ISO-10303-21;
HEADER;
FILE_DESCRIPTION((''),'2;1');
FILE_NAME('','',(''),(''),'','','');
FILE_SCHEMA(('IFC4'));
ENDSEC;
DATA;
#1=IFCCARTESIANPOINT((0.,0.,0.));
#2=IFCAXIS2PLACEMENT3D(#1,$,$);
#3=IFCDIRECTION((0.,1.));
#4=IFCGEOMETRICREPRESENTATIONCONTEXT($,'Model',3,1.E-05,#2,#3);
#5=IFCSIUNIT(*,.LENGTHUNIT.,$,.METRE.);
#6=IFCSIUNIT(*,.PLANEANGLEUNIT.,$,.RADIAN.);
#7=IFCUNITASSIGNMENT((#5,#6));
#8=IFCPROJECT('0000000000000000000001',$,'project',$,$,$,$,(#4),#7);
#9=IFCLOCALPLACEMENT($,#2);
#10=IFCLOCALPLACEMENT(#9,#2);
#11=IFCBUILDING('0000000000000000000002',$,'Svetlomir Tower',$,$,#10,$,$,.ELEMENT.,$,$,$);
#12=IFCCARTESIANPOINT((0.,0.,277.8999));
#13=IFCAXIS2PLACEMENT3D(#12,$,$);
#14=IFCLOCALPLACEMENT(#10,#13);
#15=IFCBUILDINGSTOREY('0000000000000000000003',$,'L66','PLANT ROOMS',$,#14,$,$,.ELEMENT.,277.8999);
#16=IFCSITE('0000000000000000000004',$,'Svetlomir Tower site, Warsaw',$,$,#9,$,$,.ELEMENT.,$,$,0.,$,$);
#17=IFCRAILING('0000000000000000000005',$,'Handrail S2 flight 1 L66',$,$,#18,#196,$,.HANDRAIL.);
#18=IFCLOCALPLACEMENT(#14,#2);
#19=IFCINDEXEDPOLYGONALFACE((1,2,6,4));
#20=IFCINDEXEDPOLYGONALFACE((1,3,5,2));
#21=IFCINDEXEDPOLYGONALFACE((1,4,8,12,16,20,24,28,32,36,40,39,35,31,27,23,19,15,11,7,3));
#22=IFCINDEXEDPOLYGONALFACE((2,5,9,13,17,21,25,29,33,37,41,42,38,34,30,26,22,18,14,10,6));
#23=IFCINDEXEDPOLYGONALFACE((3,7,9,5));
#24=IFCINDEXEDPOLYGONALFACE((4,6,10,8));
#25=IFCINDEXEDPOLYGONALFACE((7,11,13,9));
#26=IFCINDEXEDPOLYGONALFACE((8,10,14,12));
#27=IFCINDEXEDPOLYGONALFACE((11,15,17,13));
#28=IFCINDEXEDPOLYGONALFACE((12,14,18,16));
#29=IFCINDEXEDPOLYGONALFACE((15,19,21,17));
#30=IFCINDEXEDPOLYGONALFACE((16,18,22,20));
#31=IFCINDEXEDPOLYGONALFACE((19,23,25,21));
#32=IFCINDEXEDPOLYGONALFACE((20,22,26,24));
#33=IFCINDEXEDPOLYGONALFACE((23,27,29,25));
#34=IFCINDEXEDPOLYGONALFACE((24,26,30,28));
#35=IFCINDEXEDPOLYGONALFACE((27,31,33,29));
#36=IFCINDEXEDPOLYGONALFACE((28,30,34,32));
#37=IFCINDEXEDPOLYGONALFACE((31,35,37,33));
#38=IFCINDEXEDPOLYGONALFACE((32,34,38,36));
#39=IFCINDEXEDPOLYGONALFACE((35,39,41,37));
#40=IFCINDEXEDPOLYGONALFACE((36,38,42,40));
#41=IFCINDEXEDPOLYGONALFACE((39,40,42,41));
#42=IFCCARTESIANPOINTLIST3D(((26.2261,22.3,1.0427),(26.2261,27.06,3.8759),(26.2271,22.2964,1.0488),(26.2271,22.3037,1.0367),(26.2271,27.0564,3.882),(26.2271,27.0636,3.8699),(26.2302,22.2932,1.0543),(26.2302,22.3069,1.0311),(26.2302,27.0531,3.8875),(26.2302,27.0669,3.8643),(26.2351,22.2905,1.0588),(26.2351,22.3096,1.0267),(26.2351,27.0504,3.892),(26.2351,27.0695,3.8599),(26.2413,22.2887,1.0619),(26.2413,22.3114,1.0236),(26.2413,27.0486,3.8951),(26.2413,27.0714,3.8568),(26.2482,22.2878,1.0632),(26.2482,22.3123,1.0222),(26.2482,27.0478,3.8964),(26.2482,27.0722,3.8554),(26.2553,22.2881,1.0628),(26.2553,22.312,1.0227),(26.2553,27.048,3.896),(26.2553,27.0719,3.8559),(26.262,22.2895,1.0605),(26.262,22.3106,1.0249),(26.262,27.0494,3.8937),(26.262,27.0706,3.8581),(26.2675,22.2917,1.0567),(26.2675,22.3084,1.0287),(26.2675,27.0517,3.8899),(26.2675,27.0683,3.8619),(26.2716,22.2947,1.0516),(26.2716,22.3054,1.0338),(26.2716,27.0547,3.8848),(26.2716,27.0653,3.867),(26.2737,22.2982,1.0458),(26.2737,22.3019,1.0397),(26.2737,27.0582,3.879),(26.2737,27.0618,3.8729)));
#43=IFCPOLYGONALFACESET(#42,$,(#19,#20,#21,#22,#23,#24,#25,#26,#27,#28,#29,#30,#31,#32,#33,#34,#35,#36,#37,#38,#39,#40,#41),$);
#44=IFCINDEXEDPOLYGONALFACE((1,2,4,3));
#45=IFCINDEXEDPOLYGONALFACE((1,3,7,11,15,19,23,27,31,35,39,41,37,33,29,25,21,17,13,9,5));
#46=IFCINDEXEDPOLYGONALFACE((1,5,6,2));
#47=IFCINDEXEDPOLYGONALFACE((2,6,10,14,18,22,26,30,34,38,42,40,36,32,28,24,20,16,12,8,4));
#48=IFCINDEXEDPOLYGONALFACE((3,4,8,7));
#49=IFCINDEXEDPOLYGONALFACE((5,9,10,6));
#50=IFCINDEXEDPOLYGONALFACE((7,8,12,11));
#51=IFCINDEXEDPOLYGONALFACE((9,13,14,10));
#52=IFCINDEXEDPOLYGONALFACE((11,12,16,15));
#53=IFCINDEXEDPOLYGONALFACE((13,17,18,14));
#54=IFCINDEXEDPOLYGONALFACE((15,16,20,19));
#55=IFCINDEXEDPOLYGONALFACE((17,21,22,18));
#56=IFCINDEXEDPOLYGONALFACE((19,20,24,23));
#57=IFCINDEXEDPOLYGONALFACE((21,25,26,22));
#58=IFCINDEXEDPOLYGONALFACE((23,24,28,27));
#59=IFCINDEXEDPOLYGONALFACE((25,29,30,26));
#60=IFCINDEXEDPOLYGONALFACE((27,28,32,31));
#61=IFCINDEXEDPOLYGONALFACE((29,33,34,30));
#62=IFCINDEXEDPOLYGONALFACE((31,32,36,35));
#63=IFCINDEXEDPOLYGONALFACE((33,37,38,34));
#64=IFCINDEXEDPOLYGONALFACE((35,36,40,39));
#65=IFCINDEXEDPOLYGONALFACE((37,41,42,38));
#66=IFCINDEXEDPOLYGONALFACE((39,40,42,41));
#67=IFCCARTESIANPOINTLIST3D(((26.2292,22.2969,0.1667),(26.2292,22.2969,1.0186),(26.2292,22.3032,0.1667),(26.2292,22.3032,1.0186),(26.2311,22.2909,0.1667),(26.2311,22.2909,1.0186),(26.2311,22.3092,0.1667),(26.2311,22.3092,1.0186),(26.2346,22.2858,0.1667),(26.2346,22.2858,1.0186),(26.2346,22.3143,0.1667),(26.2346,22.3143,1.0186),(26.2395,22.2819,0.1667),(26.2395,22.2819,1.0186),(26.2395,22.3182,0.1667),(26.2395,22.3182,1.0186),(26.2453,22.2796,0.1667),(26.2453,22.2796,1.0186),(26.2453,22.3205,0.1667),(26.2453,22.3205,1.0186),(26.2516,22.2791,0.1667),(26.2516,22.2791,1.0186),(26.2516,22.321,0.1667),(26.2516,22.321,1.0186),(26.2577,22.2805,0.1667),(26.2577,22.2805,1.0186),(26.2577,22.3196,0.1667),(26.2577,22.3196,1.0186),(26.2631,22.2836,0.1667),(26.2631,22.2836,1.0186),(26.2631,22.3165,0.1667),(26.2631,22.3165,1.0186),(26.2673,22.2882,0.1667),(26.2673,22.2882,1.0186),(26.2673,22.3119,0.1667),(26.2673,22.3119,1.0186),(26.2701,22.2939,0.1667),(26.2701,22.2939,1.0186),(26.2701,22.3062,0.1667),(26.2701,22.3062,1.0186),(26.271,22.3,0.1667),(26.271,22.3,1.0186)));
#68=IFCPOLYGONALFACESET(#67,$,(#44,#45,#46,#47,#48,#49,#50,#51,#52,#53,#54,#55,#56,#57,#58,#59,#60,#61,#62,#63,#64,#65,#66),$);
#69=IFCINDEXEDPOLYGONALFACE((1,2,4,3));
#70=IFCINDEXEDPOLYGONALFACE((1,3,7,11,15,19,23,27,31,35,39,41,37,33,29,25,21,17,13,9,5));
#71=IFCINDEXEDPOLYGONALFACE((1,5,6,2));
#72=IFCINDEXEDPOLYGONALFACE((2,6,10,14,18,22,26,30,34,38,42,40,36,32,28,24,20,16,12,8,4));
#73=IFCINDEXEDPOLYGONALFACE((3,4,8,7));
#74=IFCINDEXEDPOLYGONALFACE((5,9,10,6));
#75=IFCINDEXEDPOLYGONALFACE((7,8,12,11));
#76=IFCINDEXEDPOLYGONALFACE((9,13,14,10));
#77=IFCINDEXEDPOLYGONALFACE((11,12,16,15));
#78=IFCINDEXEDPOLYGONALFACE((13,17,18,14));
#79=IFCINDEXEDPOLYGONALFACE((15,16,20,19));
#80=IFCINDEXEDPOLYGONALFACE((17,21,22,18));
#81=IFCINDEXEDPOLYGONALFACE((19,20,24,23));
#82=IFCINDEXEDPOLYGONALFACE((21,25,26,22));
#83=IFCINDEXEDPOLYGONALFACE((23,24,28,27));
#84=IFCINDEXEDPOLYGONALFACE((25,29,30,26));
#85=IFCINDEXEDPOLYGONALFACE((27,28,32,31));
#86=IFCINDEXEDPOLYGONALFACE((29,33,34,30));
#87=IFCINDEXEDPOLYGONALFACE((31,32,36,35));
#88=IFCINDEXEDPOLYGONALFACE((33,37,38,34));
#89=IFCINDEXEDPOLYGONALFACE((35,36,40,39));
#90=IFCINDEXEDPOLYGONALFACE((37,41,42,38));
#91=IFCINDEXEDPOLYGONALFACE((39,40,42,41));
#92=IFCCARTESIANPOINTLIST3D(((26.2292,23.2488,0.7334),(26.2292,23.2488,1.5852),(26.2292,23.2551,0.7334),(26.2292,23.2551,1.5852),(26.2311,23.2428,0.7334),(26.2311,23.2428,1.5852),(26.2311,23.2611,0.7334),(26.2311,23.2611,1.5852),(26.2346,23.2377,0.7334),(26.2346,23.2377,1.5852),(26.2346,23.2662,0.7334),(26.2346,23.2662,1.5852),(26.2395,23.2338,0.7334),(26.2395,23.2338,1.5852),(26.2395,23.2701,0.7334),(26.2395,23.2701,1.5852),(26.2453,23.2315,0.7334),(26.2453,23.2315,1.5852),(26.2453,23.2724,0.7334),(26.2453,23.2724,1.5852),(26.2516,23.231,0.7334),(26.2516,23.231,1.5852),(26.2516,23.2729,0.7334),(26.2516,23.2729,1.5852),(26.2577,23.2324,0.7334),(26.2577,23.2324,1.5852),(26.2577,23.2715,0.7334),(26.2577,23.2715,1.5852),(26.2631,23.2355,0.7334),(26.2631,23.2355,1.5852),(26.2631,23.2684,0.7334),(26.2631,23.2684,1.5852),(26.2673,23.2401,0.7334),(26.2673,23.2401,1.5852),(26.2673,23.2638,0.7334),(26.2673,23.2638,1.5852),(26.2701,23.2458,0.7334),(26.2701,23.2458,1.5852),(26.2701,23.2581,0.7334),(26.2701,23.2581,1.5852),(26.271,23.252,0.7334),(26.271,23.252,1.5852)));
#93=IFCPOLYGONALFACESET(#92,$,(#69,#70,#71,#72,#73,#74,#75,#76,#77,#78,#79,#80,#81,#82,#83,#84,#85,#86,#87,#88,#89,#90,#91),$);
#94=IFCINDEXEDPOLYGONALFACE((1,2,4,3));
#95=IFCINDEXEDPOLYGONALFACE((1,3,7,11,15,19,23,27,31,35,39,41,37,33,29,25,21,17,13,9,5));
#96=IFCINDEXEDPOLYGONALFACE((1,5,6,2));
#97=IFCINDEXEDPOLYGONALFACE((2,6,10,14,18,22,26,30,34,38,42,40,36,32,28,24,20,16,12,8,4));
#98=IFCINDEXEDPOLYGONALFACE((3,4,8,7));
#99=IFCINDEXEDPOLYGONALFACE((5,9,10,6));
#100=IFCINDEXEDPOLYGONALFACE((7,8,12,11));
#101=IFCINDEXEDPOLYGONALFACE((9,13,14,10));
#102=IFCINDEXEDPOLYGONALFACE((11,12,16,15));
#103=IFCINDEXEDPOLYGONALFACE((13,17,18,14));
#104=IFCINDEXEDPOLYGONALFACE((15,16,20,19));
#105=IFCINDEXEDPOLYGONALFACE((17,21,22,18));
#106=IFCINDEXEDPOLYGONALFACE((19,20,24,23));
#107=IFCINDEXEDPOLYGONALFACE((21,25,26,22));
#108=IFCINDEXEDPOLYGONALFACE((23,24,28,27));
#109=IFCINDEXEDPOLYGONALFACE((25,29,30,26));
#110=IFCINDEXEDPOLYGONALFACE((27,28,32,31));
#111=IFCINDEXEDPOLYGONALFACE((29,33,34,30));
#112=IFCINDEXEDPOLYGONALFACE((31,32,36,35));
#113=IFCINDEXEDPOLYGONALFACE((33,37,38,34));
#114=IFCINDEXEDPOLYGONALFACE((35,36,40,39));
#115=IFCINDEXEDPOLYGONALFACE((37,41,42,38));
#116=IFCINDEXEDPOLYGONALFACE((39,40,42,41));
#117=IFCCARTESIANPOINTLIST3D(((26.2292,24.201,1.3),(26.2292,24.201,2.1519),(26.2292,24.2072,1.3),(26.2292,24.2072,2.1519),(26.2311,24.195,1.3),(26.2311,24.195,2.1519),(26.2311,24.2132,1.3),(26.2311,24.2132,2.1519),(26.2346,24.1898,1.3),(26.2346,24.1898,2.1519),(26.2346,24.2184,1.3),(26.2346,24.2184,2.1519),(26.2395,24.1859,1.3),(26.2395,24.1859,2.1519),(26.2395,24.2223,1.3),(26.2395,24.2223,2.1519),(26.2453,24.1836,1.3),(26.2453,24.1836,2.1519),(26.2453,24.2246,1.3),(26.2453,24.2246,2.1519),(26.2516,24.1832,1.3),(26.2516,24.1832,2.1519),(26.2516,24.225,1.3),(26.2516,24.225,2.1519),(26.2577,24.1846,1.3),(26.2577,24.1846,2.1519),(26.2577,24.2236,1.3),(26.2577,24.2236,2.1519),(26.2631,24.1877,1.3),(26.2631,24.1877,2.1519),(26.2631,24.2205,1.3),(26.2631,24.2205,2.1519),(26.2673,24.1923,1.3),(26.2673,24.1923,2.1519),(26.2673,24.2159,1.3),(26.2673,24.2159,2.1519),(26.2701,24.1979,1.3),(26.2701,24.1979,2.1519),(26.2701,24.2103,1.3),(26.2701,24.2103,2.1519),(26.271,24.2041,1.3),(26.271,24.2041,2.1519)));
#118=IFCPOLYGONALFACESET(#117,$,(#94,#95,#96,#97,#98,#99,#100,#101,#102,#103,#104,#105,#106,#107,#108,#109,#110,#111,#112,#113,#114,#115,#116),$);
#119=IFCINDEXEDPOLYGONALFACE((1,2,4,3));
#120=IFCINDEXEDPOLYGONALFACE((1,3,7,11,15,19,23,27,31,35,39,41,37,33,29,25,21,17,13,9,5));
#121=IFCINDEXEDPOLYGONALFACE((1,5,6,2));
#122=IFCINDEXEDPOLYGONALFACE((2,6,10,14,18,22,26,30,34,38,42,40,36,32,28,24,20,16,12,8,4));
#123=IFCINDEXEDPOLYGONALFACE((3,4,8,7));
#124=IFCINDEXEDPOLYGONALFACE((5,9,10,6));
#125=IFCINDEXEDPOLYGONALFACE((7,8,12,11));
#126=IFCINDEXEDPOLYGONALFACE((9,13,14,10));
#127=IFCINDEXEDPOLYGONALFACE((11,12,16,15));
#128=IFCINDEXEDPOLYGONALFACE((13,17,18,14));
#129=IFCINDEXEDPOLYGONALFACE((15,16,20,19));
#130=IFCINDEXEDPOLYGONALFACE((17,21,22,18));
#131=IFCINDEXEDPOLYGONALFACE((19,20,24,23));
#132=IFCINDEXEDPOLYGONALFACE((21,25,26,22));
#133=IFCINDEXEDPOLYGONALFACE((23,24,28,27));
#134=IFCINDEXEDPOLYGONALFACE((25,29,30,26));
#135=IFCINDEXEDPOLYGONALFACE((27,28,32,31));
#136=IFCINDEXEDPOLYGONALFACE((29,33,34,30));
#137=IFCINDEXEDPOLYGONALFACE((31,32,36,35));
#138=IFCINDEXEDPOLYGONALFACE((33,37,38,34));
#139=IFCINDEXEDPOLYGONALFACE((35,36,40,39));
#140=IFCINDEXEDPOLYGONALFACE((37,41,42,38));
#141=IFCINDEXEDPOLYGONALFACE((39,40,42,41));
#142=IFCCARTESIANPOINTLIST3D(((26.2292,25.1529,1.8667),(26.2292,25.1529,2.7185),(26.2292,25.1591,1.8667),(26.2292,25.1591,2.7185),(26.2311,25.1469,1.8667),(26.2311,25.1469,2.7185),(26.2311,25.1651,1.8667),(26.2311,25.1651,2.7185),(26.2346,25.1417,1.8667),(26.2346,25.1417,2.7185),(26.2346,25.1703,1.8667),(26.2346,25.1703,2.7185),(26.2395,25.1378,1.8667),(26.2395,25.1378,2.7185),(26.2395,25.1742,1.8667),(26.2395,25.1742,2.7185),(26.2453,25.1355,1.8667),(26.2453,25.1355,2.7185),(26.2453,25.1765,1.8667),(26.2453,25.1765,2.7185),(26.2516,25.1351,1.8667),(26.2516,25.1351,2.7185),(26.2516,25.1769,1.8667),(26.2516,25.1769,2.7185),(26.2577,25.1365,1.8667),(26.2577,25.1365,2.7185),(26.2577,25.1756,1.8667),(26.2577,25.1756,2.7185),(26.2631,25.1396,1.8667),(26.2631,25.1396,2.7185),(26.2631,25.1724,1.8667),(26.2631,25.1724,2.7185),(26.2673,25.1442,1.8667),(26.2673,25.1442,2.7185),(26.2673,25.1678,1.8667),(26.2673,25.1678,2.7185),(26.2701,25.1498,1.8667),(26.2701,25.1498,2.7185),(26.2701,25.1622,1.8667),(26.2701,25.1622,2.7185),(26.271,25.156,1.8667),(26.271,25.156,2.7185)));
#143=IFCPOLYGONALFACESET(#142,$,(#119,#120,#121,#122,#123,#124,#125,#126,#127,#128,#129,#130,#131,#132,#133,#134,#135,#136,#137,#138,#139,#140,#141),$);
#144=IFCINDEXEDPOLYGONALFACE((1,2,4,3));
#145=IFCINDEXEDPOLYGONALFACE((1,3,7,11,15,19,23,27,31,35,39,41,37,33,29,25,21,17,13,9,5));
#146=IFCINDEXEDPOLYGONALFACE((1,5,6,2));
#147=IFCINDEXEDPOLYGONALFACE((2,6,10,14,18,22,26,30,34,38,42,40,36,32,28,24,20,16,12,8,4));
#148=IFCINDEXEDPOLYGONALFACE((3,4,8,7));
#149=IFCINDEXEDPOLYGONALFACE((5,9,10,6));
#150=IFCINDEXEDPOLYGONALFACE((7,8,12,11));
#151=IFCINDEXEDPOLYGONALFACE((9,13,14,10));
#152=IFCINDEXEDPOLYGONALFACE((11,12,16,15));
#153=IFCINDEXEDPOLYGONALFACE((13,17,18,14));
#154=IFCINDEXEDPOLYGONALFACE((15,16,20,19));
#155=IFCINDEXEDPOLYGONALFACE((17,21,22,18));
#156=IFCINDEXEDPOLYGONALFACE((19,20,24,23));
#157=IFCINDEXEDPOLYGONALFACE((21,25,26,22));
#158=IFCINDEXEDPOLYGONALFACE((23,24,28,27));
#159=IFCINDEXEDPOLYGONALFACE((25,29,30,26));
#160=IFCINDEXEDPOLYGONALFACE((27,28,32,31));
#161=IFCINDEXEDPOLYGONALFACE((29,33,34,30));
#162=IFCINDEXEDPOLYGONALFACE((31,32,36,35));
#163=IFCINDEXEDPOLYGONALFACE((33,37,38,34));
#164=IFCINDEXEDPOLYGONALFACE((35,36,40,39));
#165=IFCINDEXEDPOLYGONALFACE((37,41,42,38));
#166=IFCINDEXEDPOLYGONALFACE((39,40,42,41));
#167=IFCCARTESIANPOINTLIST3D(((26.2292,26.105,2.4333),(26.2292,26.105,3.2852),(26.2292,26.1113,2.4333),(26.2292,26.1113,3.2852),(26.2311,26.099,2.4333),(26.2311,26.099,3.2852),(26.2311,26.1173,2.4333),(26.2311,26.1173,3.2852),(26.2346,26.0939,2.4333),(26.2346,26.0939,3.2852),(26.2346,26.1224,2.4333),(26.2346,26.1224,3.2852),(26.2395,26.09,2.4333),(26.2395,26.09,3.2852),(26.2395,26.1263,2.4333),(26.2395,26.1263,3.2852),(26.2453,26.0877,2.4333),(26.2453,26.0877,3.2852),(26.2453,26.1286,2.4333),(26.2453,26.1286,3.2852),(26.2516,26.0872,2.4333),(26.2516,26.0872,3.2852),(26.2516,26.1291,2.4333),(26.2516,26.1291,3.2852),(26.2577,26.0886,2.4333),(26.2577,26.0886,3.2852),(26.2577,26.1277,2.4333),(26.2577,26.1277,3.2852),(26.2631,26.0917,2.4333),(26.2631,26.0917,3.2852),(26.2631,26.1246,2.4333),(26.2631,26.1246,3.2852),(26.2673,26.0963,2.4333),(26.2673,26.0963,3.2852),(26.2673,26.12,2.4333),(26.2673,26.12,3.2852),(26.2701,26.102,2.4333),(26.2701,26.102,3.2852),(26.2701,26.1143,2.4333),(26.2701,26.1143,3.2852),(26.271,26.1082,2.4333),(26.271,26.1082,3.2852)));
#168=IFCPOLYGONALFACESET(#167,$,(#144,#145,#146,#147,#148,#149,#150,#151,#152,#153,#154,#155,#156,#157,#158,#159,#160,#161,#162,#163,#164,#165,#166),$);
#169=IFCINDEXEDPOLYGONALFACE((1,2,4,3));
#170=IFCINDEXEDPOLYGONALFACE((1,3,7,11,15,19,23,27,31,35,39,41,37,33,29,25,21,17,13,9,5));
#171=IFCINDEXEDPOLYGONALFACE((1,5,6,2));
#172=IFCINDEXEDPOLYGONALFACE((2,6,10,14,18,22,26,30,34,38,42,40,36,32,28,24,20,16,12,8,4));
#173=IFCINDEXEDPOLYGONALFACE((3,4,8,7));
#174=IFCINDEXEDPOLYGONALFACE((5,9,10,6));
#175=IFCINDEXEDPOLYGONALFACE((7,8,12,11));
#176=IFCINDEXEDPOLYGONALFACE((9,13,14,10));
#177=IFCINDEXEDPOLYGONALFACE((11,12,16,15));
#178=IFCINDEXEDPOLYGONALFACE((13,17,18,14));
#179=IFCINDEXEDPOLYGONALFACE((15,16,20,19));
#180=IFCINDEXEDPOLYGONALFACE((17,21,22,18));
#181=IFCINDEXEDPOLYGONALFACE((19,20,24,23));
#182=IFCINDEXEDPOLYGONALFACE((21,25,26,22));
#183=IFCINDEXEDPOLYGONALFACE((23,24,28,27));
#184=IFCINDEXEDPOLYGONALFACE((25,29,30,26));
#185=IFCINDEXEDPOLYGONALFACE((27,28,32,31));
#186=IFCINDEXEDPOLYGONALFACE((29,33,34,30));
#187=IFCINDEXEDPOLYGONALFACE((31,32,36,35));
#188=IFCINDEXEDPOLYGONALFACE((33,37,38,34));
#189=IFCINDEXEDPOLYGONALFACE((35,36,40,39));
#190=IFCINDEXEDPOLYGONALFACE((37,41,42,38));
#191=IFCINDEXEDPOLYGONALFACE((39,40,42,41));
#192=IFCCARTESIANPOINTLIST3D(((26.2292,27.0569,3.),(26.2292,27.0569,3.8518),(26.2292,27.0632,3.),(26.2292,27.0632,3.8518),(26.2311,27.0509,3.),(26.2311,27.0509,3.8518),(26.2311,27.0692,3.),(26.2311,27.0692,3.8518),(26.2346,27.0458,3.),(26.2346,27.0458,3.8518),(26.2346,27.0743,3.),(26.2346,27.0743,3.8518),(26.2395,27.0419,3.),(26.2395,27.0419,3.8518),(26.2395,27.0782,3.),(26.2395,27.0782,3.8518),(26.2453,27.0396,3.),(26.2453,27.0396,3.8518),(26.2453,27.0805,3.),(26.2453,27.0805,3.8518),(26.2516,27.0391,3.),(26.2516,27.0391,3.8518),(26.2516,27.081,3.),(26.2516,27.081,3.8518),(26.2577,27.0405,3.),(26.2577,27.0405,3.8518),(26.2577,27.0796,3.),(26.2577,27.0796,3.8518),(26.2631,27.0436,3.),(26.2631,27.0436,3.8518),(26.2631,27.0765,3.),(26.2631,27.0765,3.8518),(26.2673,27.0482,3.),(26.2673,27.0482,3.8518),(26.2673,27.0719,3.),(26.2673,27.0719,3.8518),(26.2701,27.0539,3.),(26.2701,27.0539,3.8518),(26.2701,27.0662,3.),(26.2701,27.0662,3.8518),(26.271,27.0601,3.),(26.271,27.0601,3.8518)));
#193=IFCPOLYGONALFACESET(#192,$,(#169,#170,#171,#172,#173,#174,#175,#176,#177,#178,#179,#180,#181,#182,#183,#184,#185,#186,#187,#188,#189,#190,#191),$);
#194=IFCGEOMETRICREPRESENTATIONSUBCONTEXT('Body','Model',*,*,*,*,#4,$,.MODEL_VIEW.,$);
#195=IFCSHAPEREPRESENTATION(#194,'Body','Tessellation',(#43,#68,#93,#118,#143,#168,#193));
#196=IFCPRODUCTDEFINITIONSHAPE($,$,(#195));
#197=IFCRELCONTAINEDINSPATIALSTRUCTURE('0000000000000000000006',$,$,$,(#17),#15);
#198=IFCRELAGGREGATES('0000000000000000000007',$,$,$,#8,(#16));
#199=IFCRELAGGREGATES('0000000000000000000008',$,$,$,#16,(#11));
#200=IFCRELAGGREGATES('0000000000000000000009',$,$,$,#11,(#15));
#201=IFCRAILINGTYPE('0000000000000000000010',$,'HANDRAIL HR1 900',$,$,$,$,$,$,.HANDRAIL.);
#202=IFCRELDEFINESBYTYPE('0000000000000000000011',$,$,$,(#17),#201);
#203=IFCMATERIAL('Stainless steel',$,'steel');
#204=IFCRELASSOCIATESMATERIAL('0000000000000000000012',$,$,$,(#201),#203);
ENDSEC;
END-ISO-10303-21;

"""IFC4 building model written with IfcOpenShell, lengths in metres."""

from ifc_helpers import new_model, si_unit, direction, frame, origin, origin_2d, place, context, subcontext, project, spatial, circle, extrude, material, type_object, element, save


model = new_model("IFC4")

# Units and contexts
model_context = context("Model", 3, precision=1e-05, world=origin(), true_north=direction((0.0, 1.0)))
body_context = subcontext(model_context, "Body", "Model", "MODEL_VIEW")
ifc_project = project(units=[si_unit("LENGTHUNIT", "METRE"), si_unit("PLANEANGLEUNIT", "RADIAN")], contexts=[model_context])

# Site, building, storey
site_placement = place(None, origin())
site = spatial("IfcSite", under=ifc_project, at=site_placement, Name="Svetlomir Tower site, Warsaw", CompositionType="ELEMENT", RefElevation=0.0)
building_placement = place(site_placement, origin())
building = spatial("IfcBuilding", under=site, at=building_placement, Name="Svetlomir Tower", CompositionType="ELEMENT")
storey_placement = place(building_placement, frame((0.0, 0.0, 277.8999)))
storey = spatial("IfcBuildingStorey", under=building, at=storey_placement, Name="L66", Description="PLANT ROOMS", CompositionType="ELEMENT", Elevation=277.8999)

# Railing
ifc_material_1 = material(Name="Stainless steel", Category="steel")
railing_type = type_object("IfcRailingType", Name="HANDRAIL HR1 900", PredefinedType="HANDRAIL", material=ifc_material_1)
railing_1_placement = place(storey_placement, frame((26.25, 22.3, 0.1667)))
element("IfcRailing", 1, at=railing_1_placement, inside=storey, type_object=railing_type, Name="Handrail S2 flight 1 L66", PredefinedType="HANDRAIL", context=body_context, shape_type="SweptSolid", body=[
    extrude(circle(Radius=0.0239, at=origin_2d()), frame((0.0, 0.0, 0.876), z_axis=(0.0, 0.8593, 0.511472), x_axis=(-1.0, 0.0, 0.0)), (0.0, 0.0, 1.0), 5.5393),
    extrude(circle(Radius=0.021, at=origin_2d()), origin(), (0.0, 0.0, 1.0), 0.8518),
    extrude(circle(Radius=0.021, at=origin_2d()), frame((0.0, 0.9519, 0.5667)), (0.0, 0.0, 1.0), 0.8518),
    extrude(circle(Radius=0.021, at=origin_2d()), frame((0.0, 1.9041, 1.1333)), (0.0, 0.0, 1.0), 0.8518),
    extrude(circle(Radius=0.021, at=origin_2d()), frame((0.0, 2.856, 1.7)), (0.0, 0.0, 1.0), 0.8518),
    extrude(circle(Radius=0.021, at=origin_2d()), frame((0.0, 3.8081, 2.2666)), (0.0, 0.0, 1.0), 0.8518),
    extrude(circle(Radius=0.021, at=origin_2d()), frame((0.0, 4.76, 2.8333)), (0.0, 0.0, 1.0), 0.8518),
])

save(model, "model.ifc")
